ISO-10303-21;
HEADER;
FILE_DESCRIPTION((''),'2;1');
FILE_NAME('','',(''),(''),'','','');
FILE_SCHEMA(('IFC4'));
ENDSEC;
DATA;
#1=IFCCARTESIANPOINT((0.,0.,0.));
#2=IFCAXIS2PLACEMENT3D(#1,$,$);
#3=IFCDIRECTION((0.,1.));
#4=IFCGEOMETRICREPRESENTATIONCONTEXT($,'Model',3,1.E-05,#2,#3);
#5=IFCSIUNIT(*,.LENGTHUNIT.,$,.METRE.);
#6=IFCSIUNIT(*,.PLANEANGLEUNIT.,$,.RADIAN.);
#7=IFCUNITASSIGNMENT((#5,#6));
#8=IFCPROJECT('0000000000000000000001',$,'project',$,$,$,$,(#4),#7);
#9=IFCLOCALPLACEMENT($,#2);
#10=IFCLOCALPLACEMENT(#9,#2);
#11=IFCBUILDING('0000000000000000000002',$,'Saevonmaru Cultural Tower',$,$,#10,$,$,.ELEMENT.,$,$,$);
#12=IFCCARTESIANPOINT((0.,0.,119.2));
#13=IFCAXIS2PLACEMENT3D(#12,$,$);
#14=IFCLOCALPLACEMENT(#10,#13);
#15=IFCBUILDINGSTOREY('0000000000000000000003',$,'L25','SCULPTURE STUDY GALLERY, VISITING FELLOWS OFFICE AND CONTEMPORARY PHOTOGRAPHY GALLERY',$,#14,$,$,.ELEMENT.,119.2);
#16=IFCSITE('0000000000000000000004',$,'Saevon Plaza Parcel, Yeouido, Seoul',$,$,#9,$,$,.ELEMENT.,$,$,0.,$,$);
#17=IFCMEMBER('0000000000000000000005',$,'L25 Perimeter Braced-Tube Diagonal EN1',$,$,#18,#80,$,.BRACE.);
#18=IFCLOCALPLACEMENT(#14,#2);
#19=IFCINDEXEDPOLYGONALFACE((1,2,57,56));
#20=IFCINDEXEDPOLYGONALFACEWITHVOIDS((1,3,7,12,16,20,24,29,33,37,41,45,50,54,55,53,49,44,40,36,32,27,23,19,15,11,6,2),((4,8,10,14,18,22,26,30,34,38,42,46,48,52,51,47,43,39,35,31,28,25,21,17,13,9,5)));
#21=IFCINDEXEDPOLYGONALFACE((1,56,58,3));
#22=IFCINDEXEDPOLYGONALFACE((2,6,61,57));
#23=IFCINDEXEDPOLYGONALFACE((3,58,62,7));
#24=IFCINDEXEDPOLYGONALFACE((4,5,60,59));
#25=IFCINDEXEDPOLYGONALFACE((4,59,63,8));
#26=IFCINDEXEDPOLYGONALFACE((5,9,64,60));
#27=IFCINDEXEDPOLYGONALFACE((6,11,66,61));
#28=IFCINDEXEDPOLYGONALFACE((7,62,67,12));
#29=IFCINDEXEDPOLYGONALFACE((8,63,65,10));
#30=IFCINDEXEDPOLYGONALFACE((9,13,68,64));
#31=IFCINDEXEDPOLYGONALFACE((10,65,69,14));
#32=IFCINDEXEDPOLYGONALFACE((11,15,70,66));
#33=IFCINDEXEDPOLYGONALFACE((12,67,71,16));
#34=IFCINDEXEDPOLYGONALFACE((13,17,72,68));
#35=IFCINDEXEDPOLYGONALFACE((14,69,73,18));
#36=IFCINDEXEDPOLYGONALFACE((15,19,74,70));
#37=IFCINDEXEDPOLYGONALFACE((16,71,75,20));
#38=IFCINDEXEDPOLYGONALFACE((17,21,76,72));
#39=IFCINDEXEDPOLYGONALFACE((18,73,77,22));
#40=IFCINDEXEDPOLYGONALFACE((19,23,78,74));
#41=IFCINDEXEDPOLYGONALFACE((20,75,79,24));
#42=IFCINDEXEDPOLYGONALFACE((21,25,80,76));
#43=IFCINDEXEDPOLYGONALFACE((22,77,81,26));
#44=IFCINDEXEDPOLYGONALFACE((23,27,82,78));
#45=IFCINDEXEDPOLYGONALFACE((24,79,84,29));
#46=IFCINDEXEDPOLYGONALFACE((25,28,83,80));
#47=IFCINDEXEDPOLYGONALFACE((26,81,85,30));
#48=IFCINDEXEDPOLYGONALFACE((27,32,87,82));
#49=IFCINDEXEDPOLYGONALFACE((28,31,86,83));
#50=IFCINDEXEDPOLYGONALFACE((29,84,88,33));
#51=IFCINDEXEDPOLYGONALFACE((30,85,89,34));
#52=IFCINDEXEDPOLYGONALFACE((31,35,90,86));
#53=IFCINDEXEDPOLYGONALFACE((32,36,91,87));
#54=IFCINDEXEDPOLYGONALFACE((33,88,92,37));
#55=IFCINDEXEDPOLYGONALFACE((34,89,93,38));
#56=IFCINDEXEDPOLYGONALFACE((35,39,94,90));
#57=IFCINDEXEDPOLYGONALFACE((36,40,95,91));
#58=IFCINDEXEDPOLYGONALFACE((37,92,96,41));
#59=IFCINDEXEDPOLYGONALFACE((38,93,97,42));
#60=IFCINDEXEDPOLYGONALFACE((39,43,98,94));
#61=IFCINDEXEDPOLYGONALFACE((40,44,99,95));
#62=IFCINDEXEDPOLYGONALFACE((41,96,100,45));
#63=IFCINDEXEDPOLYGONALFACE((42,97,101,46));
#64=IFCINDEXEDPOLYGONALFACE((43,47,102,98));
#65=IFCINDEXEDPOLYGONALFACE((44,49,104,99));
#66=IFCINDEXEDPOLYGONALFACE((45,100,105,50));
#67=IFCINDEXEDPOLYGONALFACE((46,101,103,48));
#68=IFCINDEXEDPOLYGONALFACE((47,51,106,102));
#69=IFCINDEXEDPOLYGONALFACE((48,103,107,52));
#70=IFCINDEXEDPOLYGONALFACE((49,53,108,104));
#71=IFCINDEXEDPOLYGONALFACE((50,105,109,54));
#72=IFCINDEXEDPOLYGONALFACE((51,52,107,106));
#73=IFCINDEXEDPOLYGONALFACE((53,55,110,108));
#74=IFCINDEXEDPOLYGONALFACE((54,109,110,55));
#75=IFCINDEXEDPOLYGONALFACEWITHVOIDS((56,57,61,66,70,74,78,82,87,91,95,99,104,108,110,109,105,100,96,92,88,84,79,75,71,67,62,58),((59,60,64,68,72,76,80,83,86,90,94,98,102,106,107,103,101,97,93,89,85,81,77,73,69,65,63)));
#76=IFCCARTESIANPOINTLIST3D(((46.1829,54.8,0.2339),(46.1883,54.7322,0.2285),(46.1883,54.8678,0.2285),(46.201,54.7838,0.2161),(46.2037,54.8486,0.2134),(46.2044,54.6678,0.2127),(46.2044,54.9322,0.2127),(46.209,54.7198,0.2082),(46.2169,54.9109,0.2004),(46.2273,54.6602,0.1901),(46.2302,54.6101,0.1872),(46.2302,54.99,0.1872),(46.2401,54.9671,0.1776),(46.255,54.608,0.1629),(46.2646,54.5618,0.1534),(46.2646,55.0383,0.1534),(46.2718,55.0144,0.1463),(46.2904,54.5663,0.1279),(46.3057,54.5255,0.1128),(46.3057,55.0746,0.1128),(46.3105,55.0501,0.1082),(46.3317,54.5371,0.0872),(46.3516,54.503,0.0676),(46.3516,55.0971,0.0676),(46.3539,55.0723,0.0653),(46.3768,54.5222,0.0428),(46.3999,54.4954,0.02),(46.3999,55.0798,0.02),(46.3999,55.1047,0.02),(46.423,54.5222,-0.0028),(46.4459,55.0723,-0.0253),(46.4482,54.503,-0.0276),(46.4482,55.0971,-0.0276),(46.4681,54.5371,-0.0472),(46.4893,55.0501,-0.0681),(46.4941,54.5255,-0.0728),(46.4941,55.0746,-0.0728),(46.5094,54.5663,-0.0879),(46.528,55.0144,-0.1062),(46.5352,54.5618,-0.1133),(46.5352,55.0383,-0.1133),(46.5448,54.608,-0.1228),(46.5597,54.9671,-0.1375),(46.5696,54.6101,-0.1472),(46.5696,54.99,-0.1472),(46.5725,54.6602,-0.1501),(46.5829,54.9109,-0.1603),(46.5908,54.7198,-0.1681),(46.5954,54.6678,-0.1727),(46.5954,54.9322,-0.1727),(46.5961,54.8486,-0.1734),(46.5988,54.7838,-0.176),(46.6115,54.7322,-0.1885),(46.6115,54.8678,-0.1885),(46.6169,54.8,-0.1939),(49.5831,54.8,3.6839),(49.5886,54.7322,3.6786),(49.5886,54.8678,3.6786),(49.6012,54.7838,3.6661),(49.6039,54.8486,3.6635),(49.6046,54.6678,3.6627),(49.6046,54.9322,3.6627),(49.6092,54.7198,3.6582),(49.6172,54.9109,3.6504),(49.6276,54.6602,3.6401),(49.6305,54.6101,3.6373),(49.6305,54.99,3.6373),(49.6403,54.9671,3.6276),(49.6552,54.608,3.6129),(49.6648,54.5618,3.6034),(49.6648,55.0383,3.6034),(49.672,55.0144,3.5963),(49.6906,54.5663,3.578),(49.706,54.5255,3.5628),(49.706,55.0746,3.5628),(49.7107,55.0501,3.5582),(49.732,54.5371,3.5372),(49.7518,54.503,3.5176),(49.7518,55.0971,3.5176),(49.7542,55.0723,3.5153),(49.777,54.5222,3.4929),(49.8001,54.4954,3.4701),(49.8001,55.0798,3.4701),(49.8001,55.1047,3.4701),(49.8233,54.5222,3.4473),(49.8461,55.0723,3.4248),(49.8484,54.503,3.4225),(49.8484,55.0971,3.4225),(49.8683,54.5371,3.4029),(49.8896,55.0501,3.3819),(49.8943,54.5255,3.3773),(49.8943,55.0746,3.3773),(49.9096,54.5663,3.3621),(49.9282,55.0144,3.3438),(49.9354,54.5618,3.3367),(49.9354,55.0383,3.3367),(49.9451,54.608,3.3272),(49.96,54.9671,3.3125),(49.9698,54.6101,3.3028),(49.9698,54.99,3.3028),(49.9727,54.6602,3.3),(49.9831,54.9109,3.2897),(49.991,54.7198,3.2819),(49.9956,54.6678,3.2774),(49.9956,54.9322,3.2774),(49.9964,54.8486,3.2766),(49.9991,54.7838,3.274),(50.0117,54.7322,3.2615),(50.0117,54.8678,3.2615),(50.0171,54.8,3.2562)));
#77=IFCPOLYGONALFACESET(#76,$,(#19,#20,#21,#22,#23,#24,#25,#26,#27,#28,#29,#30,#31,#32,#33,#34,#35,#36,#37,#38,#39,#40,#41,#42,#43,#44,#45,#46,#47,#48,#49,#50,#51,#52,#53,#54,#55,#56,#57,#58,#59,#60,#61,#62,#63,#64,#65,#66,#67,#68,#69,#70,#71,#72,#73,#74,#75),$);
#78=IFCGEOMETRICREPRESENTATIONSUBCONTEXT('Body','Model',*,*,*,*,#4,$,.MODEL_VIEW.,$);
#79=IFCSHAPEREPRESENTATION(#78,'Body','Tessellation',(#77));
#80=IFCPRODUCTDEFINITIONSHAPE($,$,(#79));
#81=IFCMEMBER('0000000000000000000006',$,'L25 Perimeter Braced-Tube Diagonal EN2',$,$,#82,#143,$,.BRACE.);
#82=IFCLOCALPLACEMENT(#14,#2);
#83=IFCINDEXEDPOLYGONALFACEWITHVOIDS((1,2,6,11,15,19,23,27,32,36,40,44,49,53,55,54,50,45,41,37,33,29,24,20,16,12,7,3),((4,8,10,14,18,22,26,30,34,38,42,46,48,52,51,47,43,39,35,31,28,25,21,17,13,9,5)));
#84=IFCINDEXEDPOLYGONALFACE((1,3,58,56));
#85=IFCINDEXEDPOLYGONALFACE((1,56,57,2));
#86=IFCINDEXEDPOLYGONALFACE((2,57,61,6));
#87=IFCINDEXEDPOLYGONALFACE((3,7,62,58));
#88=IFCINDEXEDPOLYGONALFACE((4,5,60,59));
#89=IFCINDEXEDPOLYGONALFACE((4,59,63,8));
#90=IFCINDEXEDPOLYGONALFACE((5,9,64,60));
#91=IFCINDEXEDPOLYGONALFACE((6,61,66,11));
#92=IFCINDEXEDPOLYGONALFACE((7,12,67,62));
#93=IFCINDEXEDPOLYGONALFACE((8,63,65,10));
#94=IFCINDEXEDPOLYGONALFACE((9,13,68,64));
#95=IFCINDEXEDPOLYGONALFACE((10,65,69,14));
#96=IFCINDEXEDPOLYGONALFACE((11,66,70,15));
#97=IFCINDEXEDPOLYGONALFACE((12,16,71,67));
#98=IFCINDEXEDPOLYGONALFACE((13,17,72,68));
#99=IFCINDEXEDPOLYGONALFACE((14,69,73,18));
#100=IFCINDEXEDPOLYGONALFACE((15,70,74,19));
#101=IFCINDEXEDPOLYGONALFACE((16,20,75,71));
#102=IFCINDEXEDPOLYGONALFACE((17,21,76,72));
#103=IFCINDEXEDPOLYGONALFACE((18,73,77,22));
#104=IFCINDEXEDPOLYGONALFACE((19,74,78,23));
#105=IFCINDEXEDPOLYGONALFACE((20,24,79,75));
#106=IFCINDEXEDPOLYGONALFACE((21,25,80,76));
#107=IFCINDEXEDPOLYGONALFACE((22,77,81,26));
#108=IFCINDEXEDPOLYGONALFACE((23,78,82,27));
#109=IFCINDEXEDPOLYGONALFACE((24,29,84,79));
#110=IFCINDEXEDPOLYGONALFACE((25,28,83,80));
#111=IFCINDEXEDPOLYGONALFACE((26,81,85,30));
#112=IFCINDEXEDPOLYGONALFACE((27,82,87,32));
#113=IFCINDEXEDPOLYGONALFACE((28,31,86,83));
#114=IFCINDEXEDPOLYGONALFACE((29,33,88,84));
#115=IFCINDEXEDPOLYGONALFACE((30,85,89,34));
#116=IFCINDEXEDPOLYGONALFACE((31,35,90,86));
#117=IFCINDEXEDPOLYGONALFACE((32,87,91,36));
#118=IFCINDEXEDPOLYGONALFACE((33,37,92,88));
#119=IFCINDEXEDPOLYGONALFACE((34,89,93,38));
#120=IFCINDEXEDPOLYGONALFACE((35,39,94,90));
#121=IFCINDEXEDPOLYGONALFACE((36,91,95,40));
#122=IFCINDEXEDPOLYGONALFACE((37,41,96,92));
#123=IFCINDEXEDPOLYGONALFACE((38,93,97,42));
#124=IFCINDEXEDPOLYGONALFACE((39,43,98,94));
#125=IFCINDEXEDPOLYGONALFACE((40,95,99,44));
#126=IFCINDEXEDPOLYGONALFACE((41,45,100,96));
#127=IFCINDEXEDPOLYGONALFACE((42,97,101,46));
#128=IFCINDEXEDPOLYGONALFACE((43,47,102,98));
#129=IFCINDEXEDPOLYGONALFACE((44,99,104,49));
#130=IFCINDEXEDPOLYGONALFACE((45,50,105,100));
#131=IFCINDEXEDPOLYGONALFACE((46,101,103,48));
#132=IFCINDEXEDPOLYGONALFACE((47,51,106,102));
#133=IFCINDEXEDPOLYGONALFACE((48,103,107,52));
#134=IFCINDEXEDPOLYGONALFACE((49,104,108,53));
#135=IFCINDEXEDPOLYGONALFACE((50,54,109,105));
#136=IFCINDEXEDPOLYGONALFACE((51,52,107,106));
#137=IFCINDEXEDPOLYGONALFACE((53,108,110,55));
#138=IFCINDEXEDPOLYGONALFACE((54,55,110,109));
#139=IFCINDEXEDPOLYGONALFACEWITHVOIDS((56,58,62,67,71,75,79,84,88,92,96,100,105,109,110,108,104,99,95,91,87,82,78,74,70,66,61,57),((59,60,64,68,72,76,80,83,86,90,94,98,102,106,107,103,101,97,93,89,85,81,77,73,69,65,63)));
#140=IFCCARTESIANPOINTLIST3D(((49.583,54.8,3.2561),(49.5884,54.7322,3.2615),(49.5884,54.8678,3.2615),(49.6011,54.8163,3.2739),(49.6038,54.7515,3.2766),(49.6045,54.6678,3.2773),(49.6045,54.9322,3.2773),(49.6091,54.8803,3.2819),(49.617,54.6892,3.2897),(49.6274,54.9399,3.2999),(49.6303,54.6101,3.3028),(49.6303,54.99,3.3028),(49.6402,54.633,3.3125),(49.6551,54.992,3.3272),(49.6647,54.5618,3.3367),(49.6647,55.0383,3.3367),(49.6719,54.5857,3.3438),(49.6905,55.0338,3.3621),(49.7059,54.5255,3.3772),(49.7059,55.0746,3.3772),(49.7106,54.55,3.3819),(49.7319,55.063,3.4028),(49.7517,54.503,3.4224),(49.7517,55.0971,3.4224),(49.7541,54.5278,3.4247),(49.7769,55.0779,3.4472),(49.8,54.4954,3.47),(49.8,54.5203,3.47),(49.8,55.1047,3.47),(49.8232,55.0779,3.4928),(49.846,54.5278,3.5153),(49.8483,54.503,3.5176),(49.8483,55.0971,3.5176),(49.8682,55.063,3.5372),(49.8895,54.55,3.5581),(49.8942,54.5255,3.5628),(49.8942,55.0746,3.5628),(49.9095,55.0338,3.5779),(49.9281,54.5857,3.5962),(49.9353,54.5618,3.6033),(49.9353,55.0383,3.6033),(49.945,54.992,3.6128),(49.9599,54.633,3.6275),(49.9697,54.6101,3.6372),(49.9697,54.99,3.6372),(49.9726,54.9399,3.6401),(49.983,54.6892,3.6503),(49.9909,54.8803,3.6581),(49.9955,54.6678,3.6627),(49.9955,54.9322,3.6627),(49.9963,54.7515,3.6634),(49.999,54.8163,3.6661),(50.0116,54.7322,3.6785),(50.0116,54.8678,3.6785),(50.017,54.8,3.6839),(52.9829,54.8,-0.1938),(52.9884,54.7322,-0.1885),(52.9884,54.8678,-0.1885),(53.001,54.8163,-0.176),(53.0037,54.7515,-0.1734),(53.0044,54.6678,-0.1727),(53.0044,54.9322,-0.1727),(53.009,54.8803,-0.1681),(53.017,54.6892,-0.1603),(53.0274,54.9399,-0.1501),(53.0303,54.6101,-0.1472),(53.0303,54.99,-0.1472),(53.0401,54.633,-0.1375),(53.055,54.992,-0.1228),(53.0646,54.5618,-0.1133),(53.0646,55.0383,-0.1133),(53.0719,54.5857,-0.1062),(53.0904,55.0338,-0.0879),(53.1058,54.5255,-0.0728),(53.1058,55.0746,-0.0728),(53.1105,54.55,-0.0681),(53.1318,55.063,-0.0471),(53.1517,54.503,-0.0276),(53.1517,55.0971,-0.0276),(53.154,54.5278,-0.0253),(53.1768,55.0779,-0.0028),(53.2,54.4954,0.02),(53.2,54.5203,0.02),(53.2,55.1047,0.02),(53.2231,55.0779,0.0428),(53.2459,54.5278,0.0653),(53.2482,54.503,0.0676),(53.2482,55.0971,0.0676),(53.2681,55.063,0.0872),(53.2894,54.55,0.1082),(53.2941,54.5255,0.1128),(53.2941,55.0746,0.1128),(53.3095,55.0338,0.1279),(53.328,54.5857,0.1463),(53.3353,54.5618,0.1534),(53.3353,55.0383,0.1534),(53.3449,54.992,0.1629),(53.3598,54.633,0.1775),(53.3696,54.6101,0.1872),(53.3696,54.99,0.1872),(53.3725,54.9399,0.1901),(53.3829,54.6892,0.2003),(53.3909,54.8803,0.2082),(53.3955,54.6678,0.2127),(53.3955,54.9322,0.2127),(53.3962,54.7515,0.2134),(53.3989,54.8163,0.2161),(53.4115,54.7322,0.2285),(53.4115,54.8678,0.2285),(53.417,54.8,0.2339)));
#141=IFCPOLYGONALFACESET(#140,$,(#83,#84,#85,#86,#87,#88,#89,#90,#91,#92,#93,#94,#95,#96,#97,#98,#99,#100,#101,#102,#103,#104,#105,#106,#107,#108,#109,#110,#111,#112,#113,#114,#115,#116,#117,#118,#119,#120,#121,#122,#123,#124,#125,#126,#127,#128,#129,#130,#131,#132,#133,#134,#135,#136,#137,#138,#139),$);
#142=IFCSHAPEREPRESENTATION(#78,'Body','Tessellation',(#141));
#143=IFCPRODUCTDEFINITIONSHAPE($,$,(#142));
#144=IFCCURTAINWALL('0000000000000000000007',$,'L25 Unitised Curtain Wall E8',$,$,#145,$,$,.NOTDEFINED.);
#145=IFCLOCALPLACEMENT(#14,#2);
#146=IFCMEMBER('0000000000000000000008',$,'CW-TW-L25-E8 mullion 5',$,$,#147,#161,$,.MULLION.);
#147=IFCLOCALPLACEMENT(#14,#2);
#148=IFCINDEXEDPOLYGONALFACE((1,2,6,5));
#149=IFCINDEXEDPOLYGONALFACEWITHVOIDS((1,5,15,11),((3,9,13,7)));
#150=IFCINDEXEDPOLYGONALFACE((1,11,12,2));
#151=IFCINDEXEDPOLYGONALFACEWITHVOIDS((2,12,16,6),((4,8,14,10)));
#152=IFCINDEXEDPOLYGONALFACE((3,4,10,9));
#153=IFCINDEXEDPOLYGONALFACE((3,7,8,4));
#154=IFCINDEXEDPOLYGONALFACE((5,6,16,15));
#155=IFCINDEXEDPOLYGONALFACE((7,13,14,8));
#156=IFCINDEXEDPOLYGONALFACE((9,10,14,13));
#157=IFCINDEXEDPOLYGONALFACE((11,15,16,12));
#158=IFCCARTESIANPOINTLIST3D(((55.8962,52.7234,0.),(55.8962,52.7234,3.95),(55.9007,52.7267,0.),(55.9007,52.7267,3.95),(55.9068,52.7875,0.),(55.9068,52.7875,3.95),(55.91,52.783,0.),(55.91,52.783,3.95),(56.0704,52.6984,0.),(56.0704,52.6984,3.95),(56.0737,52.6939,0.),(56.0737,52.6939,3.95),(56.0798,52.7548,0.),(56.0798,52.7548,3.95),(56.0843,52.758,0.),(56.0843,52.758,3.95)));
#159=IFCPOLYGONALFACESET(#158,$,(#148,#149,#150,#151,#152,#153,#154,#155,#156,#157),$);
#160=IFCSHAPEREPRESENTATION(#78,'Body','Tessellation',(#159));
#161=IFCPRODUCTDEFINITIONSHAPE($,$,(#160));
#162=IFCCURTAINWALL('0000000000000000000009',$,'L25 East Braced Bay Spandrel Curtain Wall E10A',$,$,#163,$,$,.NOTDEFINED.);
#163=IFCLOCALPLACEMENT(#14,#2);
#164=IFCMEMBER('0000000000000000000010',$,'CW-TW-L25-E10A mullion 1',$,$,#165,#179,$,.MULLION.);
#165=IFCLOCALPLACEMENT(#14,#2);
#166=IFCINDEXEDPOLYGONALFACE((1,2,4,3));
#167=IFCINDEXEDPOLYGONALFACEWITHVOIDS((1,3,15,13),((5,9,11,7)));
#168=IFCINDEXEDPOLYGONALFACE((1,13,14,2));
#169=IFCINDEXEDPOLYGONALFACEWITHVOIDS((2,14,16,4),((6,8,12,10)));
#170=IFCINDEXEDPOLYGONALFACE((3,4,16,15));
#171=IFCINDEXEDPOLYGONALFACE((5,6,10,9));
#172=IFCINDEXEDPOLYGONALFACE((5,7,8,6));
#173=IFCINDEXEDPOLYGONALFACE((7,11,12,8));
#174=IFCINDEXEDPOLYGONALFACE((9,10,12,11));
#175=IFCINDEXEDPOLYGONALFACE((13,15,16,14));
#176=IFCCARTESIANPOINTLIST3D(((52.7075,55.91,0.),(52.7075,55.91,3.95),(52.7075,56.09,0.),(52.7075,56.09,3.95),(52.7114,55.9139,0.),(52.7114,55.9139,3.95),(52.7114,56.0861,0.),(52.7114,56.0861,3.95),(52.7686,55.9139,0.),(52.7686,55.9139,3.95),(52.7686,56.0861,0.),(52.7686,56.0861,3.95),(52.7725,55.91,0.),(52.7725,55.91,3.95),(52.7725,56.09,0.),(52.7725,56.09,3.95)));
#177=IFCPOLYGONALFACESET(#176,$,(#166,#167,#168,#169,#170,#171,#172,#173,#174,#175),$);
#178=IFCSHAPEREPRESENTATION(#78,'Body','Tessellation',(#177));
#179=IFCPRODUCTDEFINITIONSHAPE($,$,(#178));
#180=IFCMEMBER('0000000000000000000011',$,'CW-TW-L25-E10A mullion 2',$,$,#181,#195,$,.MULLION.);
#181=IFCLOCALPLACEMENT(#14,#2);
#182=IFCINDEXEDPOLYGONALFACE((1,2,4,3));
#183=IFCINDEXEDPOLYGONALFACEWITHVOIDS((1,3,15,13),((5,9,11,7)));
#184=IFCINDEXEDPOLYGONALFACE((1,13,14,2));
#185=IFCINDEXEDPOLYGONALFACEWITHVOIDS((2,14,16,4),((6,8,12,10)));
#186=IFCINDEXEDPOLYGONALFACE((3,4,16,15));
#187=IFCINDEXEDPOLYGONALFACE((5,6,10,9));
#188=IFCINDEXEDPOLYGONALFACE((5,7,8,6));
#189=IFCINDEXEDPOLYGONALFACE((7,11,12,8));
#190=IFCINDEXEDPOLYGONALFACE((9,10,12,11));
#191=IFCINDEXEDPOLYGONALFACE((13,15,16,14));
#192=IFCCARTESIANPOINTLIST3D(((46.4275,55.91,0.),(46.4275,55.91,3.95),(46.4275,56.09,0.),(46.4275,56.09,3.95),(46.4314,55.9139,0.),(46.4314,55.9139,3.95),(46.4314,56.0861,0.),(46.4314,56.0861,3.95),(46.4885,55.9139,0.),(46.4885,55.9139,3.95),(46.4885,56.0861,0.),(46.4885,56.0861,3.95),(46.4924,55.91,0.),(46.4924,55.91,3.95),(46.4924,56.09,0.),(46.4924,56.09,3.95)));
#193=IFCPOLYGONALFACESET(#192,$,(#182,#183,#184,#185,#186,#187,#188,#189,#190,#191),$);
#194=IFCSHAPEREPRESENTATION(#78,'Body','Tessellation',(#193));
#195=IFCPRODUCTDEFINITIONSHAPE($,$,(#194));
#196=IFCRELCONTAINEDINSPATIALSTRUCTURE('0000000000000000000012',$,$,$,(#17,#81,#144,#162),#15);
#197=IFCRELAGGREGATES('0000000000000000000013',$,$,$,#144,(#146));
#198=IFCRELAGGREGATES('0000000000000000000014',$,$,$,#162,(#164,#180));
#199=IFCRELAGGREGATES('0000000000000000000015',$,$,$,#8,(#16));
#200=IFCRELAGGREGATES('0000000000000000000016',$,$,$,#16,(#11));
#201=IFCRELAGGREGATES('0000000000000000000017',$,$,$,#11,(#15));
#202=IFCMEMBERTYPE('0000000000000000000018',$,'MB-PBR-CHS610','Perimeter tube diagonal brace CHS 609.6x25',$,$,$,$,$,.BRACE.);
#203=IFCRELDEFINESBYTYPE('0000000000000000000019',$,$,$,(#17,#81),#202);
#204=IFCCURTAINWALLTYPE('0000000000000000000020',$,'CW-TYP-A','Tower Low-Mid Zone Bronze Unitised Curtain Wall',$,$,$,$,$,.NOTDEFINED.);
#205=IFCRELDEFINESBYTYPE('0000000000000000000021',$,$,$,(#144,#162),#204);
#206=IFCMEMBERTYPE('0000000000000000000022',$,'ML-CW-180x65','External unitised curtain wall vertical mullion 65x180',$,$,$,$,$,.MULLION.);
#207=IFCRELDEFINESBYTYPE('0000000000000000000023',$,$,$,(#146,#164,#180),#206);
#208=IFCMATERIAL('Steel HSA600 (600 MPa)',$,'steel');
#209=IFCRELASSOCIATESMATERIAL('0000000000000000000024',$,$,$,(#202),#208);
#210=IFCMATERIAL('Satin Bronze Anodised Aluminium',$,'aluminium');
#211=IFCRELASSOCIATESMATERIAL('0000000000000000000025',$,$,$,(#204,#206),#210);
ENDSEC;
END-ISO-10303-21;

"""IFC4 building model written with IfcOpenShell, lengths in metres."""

from ifc_helpers import new_model, si_unit, direction, frame, origin, origin_2d, place, context, subcontext, project, spatial, hollow_rectangle, hollow_circle, extrude, material, material_profile, profile_set, type_object, element, aggregate, save


model = new_model("IFC4")

# Units and contexts
model_context = context("Model", 3, precision=1e-05, world=origin(), true_north=direction((0.0, 1.0)))
body_context = subcontext(model_context, "Body", "Model", "MODEL_VIEW")
ifc_project = project(units=[si_unit("LENGTHUNIT", "METRE"), si_unit("PLANEANGLEUNIT", "RADIAN")], contexts=[model_context])

# Site, building, storey
site_placement = place(None, origin())
site = spatial("IfcSite", under=ifc_project, at=site_placement, Name="Saevon Plaza Parcel, Yeouido, Seoul", CompositionType="ELEMENT", RefElevation=0.0)
building_placement = place(site_placement, origin())
building = spatial("IfcBuilding", under=site, at=building_placement, Name="Saevonmaru Cultural Tower", CompositionType="ELEMENT")
storey_placement = place(building_placement, frame((0.0, 0.0, 119.2)))
storey = spatial("IfcBuildingStorey", under=building, at=storey_placement, Name="L25", Description="SCULPTURE STUDY GALLERY, VISITING FELLOWS OFFICE AND CONTEMPORARY PHOTOGRAPHY GALLERY", CompositionType="ELEMENT", Elevation=119.2)

# Members
ifc_material_1 = material(Name="Steel HSA600 (600 MPa)", Category="steel")
ifc_material_profile_1 = material_profile(ifc_material_1, hollow_circle(Radius=0.3047, WallThickness=0.0249, at=origin_2d()), Name="CHS-609.6x25")
ifc_profile_set_1 = profile_set([ifc_material_profile_1], Name="Steel HSA600 (600 MPa)")
member_type_1 = type_object("IfcMemberType", Name="MB-PBR-CHS610", Description="Perimeter tube diagonal brace CHS 609.6x25", PredefinedType="BRACE", material=ifc_profile_set_1)
member_1_placement = place(storey_placement, frame((46.3999, 54.8, 0.02), z_axis=(0.701947, 0.0, 0.712229), x_axis=(0.0, 1.0, 0.0)))
element("IfcMember", 1, at=member_1_placement, inside=storey, type_object=member_type_1, Name="L25 Perimeter Braced-Tube Diagonal EN1", PredefinedType="BRACE", context=body_context, shape_type="SweptSolid", body=[
    extrude(hollow_circle(Radius=0.3047, WallThickness=0.0249, at=origin_2d()), origin(), (0.0, 0.0, 1.0), 4.844),
])
member_2_placement = place(storey_placement, frame((53.2, 54.8, 0.02), z_axis=(-0.701922, 0.0, 0.712254), x_axis=(0.0, -1.0, 0.0)))
element("IfcMember", 2, at=member_2_placement, inside=storey, type_object=member_type_1, Name="L25 Perimeter Braced-Tube Diagonal EN2", PredefinedType="BRACE", context=body_context, shape_type="SweptSolid", body=[
    extrude(hollow_circle(Radius=0.3047, WallThickness=0.0249, at=origin_2d()), origin(), (0.0, 0.0, 1.0), 4.8438),
])

# Curtain wall, member
ifc_material_2 = material(Name="Satin Bronze Anodised Aluminium", Category="aluminium")
curtain_wall_type = type_object("IfcCurtainWallType", Name="CW-TYP-A", Description="Tower Low-Mid Zone Bronze Unitised Curtain Wall", PredefinedType="NOTDEFINED", material=ifc_material_2)
curtain_wall_1_placement = place(storey_placement, origin())
curtain_wall_1 = element("IfcCurtainWall", 3, at=curtain_wall_1_placement, inside=storey, type_object=curtain_wall_type, Name="L25 Unitised Curtain Wall E8", PredefinedType="NOTDEFINED")
ifc_material_profile_2 = material_profile(ifc_material_2, hollow_rectangle(XDim=0.0649, YDim=0.1799, WallThickness=0.0039, at=origin_2d()), Name="ALU-MULL-180x65x4")
ifc_profile_set_2 = profile_set([ifc_material_profile_2], Name="Satin Bronze Anodised Aluminium")
member_type_2 = type_object("IfcMemberType", Name="ML-CW-180x65", Description="External unitised curtain wall vertical mullion 65x180", PredefinedType="MULLION", material=ifc_profile_set_2)
member_3_placement = place(storey_placement, frame((55.9902, 52.7407, 0.0), z_axis=(0.0, 0.0, 1.0), x_axis=(0.163999, 0.986461, 0.0)))
member_3 = element("IfcMember", 4, at=member_3_placement, type_object=member_type_2, Name="CW-TW-L25-E8 mullion 5", PredefinedType="MULLION", context=body_context, shape_type="SweptSolid", body=[
    extrude(hollow_rectangle(XDim=0.0649, YDim=0.1799, WallThickness=0.0039, at=origin_2d()), origin(), (0.0, 0.0, 1.0), 3.95),
])
aggregate(curtain_wall_1, [member_3])

# Curtain wall, members
curtain_wall_2_placement = place(storey_placement, origin())
curtain_wall_2 = element("IfcCurtainWall", 5, at=curtain_wall_2_placement, inside=storey, type_object=curtain_wall_type, Name="L25 East Braced Bay Spandrel Curtain Wall E10A", PredefinedType="NOTDEFINED")
member_4_placement = place(storey_placement, frame((52.74, 56.0, 0.0), z_axis=(0.0, 0.0, 1.0), x_axis=(-1.0, 0.0, 0.0)))
member_4 = element("IfcMember", 6, at=member_4_placement, type_object=member_type_2, Name="CW-TW-L25-E10A mullion 1", PredefinedType="MULLION", context=body_context, shape_type="SweptSolid", body=[
    extrude(hollow_rectangle(XDim=0.0649, YDim=0.1799, WallThickness=0.0039, at=origin_2d()), origin(), (0.0, 0.0, 1.0), 3.95),
])
member_5_placement = place(storey_placement, frame((46.46, 56.0, 0.0), z_axis=(0.0, 0.0, 1.0), x_axis=(-1.0, 0.0, 0.0)))
member_5 = element("IfcMember", 7, at=member_5_placement, type_object=member_type_2, Name="CW-TW-L25-E10A mullion 2", PredefinedType="MULLION", context=body_context, shape_type="SweptSolid", body=[
    extrude(hollow_rectangle(XDim=0.0649, YDim=0.1799, WallThickness=0.0039, at=origin_2d()), origin(), (0.0, 0.0, 1.0), 3.95),
])

aggregate(curtain_wall_2, [member_4, member_5])

save(model, "model.ifc")
